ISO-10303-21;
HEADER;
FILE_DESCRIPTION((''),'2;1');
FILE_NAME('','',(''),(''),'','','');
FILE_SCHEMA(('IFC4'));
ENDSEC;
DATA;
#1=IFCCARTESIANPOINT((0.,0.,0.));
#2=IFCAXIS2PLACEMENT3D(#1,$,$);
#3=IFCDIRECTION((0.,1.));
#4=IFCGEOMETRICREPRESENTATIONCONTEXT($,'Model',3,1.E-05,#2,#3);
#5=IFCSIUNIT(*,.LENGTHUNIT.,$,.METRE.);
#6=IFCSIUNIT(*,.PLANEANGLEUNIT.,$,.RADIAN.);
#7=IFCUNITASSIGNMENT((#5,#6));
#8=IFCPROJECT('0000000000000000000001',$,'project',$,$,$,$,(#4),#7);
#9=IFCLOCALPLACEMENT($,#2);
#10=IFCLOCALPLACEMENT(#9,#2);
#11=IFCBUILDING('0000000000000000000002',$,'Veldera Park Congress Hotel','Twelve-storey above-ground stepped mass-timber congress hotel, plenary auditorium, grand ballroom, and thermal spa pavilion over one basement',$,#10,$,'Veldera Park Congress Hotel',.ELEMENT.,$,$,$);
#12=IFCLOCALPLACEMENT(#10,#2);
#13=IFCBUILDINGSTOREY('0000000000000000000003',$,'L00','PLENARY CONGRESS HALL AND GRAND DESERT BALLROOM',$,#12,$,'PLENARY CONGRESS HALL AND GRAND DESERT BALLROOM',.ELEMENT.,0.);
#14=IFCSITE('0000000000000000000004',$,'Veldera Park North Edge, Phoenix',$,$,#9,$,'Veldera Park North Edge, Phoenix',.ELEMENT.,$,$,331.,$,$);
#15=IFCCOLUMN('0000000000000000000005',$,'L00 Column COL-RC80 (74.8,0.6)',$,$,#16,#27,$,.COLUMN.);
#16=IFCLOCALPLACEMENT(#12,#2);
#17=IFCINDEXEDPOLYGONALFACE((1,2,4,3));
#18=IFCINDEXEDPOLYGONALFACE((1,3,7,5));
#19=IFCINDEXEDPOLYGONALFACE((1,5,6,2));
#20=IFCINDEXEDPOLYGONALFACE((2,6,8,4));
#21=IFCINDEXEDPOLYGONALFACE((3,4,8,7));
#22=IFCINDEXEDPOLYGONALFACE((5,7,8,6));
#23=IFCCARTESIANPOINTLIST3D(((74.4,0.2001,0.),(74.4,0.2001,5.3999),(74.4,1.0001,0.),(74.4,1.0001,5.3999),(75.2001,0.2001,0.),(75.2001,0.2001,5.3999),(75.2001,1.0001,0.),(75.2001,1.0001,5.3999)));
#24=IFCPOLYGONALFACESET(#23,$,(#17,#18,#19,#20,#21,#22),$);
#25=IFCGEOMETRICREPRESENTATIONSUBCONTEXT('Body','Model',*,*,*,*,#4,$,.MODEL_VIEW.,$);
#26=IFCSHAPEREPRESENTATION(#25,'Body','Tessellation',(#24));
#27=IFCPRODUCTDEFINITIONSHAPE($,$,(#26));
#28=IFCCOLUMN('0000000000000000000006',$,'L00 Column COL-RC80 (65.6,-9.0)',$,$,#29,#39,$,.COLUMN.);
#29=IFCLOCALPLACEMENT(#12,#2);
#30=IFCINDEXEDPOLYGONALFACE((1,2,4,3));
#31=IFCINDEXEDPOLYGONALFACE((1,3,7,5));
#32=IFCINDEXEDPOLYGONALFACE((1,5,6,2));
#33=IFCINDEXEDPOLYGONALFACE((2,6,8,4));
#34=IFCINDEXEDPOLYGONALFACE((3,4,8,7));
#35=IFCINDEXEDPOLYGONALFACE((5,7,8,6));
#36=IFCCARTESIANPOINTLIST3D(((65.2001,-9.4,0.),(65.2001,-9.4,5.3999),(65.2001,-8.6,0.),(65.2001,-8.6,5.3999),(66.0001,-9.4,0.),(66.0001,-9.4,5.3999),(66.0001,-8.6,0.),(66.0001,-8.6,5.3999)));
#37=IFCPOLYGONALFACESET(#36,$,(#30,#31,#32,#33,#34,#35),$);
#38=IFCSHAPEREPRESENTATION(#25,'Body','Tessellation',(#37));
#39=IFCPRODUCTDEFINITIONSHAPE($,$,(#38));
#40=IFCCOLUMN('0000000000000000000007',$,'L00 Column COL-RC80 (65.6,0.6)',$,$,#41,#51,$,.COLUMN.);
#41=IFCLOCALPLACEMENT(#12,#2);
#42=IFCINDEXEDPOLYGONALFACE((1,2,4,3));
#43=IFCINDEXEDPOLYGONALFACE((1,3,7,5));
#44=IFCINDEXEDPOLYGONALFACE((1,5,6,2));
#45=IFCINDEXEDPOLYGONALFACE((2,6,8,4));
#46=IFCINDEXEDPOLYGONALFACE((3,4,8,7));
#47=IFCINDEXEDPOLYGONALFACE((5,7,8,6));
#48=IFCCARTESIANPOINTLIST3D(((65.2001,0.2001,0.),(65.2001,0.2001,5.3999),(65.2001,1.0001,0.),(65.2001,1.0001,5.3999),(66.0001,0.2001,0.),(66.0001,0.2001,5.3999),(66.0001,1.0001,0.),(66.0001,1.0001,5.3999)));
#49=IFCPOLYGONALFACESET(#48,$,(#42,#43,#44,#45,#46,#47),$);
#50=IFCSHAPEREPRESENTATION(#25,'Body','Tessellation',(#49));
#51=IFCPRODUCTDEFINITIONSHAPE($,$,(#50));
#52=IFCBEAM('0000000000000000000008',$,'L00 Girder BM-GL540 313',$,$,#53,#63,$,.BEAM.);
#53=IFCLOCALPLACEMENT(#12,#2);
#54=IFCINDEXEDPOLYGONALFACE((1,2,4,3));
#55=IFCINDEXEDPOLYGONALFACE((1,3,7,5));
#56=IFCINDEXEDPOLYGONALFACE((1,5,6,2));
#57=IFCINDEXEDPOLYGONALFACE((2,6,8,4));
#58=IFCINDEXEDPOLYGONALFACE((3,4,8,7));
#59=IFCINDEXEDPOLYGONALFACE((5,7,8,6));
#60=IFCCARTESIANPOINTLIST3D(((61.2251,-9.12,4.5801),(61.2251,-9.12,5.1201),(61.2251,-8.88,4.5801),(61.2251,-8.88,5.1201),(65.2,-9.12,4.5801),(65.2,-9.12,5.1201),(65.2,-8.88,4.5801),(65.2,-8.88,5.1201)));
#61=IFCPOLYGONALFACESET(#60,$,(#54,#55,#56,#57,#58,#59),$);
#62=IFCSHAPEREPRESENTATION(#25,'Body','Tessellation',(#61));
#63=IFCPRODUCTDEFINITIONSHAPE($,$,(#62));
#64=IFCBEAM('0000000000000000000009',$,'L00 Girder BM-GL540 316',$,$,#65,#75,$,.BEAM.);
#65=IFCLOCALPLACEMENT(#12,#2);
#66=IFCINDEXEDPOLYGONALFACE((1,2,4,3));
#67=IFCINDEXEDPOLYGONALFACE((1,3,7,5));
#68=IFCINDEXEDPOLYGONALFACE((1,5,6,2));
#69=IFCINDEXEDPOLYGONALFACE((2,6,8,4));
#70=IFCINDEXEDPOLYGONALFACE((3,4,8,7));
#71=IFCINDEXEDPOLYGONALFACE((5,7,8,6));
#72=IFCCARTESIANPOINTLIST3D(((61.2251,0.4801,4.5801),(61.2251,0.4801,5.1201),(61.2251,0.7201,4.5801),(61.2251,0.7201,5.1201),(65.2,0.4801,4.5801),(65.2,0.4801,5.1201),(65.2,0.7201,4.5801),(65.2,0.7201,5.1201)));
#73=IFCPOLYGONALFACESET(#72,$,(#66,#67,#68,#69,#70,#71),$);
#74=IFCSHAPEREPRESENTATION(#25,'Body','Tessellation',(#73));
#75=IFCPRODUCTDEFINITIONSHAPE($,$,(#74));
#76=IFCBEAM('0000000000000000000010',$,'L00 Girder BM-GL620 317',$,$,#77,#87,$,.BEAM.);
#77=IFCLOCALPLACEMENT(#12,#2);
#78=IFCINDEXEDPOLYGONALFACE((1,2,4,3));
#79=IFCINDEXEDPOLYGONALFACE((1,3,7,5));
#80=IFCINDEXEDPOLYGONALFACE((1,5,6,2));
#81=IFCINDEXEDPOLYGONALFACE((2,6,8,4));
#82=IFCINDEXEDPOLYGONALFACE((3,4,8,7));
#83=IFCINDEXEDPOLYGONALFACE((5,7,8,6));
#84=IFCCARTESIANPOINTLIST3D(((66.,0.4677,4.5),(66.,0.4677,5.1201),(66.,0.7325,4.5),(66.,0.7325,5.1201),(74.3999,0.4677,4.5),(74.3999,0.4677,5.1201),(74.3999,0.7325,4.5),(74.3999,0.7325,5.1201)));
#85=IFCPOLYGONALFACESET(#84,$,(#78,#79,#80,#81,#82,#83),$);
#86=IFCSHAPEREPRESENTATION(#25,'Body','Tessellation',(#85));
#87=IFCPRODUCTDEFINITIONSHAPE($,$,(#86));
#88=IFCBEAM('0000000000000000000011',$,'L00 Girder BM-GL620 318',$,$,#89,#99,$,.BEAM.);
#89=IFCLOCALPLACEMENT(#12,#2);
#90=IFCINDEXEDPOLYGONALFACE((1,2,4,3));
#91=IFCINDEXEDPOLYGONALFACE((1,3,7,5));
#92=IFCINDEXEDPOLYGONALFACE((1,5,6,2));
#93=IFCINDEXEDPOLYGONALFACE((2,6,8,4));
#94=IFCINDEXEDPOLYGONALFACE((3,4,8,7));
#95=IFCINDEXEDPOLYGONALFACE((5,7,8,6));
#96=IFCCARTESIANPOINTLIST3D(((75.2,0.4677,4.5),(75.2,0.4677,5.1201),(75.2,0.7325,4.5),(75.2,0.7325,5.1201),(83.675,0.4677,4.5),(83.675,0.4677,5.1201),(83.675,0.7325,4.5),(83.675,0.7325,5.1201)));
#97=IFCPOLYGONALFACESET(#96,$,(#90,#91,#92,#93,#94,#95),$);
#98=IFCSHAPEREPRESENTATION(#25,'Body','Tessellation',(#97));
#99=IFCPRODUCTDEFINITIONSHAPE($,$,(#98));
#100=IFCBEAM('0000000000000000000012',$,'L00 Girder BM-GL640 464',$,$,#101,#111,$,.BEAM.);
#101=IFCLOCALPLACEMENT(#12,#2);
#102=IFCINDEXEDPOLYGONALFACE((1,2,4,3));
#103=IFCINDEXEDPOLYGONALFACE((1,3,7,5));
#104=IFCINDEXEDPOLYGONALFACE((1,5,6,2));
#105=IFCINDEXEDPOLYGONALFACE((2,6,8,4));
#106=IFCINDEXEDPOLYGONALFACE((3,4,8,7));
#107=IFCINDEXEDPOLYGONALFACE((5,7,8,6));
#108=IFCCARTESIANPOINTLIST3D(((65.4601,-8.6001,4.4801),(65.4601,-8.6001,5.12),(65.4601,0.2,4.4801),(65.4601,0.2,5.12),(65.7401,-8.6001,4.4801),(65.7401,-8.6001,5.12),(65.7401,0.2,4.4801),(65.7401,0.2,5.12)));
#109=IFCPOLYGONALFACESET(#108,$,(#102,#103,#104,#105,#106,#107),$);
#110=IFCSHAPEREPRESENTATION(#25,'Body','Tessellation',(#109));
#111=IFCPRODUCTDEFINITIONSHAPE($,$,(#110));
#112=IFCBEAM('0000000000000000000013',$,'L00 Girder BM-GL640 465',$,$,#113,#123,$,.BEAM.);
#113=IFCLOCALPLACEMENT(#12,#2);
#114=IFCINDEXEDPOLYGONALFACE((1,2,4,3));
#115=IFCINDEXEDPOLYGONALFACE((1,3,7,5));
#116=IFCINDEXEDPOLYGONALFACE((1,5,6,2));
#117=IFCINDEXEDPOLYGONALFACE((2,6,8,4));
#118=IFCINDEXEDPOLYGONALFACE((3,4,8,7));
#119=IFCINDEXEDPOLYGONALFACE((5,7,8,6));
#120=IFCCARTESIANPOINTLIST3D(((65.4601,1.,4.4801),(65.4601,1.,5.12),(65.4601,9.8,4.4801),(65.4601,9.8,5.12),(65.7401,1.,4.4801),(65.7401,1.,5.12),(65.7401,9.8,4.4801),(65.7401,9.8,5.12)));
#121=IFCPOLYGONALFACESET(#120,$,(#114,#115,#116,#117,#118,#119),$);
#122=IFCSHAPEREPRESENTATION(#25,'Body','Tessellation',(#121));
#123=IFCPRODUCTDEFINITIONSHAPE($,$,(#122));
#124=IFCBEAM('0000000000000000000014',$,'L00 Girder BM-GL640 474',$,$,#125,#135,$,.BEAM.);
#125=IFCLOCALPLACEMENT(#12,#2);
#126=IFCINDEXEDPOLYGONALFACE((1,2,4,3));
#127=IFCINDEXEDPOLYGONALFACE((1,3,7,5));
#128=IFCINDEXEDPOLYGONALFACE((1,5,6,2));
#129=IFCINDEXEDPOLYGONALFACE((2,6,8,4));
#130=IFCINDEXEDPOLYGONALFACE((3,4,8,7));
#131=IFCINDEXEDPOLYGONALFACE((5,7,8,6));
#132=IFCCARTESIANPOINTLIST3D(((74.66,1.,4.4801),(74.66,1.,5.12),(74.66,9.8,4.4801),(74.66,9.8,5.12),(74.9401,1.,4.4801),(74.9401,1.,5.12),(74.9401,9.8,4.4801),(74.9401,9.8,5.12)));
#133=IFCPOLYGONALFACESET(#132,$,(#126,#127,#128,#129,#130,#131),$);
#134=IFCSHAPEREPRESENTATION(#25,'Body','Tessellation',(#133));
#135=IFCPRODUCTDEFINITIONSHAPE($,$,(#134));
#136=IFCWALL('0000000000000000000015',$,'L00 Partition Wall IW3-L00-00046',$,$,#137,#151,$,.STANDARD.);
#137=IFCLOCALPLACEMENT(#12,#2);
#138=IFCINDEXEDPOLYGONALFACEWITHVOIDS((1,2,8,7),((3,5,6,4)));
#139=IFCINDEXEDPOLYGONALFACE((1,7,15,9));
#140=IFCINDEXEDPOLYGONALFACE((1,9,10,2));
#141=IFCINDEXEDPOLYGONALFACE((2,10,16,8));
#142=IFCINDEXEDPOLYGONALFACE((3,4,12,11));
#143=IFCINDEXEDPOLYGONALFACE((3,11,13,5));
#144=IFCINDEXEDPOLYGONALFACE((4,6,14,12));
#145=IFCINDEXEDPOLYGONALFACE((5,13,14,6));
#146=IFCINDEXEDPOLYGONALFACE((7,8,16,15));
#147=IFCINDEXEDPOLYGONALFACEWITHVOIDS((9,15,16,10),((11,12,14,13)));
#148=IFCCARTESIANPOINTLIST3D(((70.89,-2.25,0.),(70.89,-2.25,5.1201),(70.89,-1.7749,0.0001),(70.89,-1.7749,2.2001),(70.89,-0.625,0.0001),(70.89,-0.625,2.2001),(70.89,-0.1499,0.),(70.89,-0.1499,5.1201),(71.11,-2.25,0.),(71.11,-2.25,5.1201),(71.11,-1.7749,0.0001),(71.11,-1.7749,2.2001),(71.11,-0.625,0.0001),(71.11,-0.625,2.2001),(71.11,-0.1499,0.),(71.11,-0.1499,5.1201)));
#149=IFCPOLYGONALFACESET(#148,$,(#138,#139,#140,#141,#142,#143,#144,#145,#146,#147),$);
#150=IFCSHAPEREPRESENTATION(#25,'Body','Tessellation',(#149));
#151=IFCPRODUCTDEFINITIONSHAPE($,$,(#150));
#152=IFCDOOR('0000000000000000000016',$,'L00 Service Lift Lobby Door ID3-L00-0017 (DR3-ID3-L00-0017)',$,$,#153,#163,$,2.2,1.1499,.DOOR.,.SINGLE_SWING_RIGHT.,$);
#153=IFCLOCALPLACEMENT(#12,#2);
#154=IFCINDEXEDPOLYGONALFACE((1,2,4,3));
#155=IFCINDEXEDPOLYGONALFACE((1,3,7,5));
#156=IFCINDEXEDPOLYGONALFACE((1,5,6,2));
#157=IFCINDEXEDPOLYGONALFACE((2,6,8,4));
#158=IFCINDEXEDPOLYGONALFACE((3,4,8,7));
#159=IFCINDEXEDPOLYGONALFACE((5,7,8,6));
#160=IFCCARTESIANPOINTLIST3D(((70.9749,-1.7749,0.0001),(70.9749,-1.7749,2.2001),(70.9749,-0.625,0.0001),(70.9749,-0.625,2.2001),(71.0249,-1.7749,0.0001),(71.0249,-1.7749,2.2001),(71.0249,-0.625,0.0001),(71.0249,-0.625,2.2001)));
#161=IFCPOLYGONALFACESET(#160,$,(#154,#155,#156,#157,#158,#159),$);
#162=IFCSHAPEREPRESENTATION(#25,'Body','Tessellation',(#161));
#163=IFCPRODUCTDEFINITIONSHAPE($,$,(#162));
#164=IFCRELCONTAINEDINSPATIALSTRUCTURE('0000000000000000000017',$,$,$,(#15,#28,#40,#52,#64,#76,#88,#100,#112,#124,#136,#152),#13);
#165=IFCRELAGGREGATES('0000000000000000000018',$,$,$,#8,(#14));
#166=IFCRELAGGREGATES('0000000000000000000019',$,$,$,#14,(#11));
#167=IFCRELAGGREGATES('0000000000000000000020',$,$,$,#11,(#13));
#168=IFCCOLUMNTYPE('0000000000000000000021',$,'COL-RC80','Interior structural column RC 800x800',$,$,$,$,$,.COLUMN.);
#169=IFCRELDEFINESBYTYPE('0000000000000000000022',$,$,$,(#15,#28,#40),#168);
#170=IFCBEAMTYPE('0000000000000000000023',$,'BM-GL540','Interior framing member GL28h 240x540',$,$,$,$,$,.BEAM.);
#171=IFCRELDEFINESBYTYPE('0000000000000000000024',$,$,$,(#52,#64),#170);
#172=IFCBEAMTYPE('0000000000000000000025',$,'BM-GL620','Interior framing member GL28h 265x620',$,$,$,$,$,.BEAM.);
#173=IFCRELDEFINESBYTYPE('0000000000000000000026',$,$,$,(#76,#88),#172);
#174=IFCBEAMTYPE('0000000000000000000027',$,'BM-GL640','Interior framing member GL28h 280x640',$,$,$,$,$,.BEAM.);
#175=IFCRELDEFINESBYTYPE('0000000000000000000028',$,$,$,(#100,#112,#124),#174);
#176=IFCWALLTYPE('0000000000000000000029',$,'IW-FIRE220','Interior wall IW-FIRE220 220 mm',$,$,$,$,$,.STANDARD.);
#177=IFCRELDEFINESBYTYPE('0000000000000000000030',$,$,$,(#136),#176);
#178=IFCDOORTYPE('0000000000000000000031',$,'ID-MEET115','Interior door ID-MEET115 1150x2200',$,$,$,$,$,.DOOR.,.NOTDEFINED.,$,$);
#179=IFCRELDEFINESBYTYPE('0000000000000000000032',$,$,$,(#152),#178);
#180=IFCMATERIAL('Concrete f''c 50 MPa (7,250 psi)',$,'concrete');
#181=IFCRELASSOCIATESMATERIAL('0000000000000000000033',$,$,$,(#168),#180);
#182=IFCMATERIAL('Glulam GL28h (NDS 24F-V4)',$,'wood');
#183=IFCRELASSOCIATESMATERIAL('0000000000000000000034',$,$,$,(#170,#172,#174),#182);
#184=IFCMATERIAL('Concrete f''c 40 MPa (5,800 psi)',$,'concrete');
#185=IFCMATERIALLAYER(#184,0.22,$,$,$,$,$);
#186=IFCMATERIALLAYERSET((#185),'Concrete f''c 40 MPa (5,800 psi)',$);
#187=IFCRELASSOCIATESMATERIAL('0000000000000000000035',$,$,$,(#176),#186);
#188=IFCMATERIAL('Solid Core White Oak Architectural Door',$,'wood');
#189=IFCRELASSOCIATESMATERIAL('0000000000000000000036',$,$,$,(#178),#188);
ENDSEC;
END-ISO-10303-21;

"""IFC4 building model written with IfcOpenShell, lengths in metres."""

from ifc_helpers import new_model, si_unit, direction, frame, frame_2d, origin, origin_2d, place, context, subcontext, project, spatial, rectangle, extrude, material, layer, layer_set, material_profile, profile_set, type_object, element, fill, save


model = new_model("IFC4")

# Units and contexts
model_context = context("Model", 3, precision=1e-05, world=origin(), true_north=direction((0.0, 1.0)))
body_context = subcontext(model_context, "Body", "Model", "MODEL_VIEW")
ifc_project = project(units=[si_unit("LENGTHUNIT", "METRE"), si_unit("PLANEANGLEUNIT", "RADIAN")], contexts=[model_context])

# Site, building, storey
site_placement = place(None, origin())
site = spatial("IfcSite", under=ifc_project, at=site_placement, Name="Veldera Park North Edge, Phoenix", LongName="Veldera Park North Edge, Phoenix", CompositionType="ELEMENT", RefElevation=331.0)
building_placement = place(site_placement, origin())
building = spatial("IfcBuilding", under=site, at=building_placement, Name="Veldera Park Congress Hotel", Description="Twelve-storey above-ground stepped mass-timber congress hotel, plenary auditorium, grand ballroom, and thermal spa pavilion over one basement", LongName="Veldera Park Congress Hotel", CompositionType="ELEMENT")
storey_placement = place(building_placement, origin())
storey = spatial("IfcBuildingStorey", under=building, at=storey_placement, Name="L00", Description="PLENARY CONGRESS HALL AND GRAND DESERT BALLROOM", LongName="PLENARY CONGRESS HALL AND GRAND DESERT BALLROOM", CompositionType="ELEMENT", Elevation=0.0)

# Columns
ifc_material_1 = material(Name="Concrete f'c 50 MPa (7,250 psi)", Category="concrete")
ifc_material_profile_1 = material_profile(ifc_material_1, rectangle(XDim=0.8, YDim=0.8, at=origin_2d()), Name="RC 800x800")
ifc_profile_set_1 = profile_set([ifc_material_profile_1], Name="Concrete f'c 50 MPa (7,250 psi)")
column_type = type_object("IfcColumnType", Name="COL-RC80", Description="Interior structural column RC 800x800", PredefinedType="COLUMN", material=ifc_profile_set_1)
for number, where, z_axis, x_axis, name in (
    (1, (74.8, 0.6001, 0.0), (0.0, 0.0, 1.0), (1.0, 0.0, 0.0), "L00 Column COL-RC80 (74.8,0.6)"),
    (2, (65.6001, -9.0, 0.0), (0.0, 0.0, 1.0), (1.0, 0.0, 0.0), "L00 Column COL-RC80 (65.6,-9.0)"),
    (3, (65.6001, 0.6001, 0.0), (0.0, 0.0, 1.0), (1.0, 0.0, 0.0), "L00 Column COL-RC80 (65.6,0.6)"),
):
    element("IfcColumn", number, at=place(storey_placement, frame(where, z_axis=z_axis, x_axis=x_axis)), inside=storey, type_object=column_type, Name=name, PredefinedType="COLUMN", context=body_context, shape_type="SweptSolid", body=[
        extrude(rectangle(XDim=0.8, YDim=0.8, at=origin_2d()), origin(), (0.0, 0.0, 1.0), 5.3999),
    ])

# Beams
ifc_material_2 = material(Name="Glulam GL28h (NDS 24F-V4)", Category="wood")
ifc_material_profile_2 = material_profile(ifc_material_2, rectangle(XDim=0.24, YDim=0.54, at=origin_2d()), Name="GL28h 240x540")
ifc_profile_set_2 = profile_set([ifc_material_profile_2], Name="Glulam GL28h (NDS 24F-V4)")
beam_type_1 = type_object("IfcBeamType", Name="BM-GL540", Description="Interior framing member GL28h 240x540", PredefinedType="BEAM", material=ifc_profile_set_2)
for number, where, z_axis, x_axis, name in (
    (4, (61.2251, -9.0, 4.8501), (1.0, 0.0, 0.0), (0.0, 1.0, 0.0), "L00 Girder BM-GL540 313"),
    (5, (61.2251, 0.6001, 4.8501), (1.0, 0.0, 0.0), (0.0, 1.0, 0.0), "L00 Girder BM-GL540 316"),
):
    element("IfcBeam", number, at=place(storey_placement, frame(where, z_axis=z_axis, x_axis=x_axis)), inside=storey, type_object=beam_type_1, Name=name, PredefinedType="BEAM", context=body_context, shape_type="SweptSolid", body=[
        extrude(rectangle(XDim=0.24, YDim=0.54, at=origin_2d()), origin(), (0.0, 0.0, 1.0), 3.9749),
    ])
ifc_material_profile_3 = material_profile(ifc_material_2, rectangle(XDim=0.2649, YDim=0.6201, at=origin_2d()), Name="GL28h 265x620")
ifc_profile_set_3 = profile_set([ifc_material_profile_3], Name="Glulam GL28h (NDS 24F-V4)")
beam_type_2 = type_object("IfcBeamType", Name="BM-GL620", Description="Interior framing member GL28h 265x620", PredefinedType="BEAM", material=ifc_profile_set_3)
beam_1_placement = place(storey_placement, frame((66.0, 0.6001, 4.8101), z_axis=(1.0, 0.0, 0.0), x_axis=(0.0, 1.0, 0.0)))
element("IfcBeam", 6, at=beam_1_placement, inside=storey, type_object=beam_type_2, Name="L00 Girder BM-GL620 317", PredefinedType="BEAM", context=body_context, shape_type="SweptSolid", body=[
    extrude(rectangle(XDim=0.2649, YDim=0.6201, at=origin_2d()), origin(), (0.0, 0.0, 1.0), 8.3999),
])
beam_2_placement = place(storey_placement, frame((75.2, 0.6001, 4.8101), z_axis=(1.0, 0.0, 0.0), x_axis=(0.0, 1.0, 0.0)))
element("IfcBeam", 7, at=beam_2_placement, inside=storey, type_object=beam_type_2, Name="L00 Girder BM-GL620 318", PredefinedType="BEAM", context=body_context, shape_type="SweptSolid", body=[
    extrude(rectangle(XDim=0.2649, YDim=0.6201, at=origin_2d()), origin(), (0.0, 0.0, 1.0), 8.4751),
])
ifc_material_profile_4 = material_profile(ifc_material_2, rectangle(XDim=0.28, YDim=0.6399, at=origin_2d()), Name="GL28h 280x640")
ifc_profile_set_4 = profile_set([ifc_material_profile_4], Name="Glulam GL28h (NDS 24F-V4)")
beam_type_3 = type_object("IfcBeamType", Name="BM-GL640", Description="Interior framing member GL28h 280x640", PredefinedType="BEAM", material=ifc_profile_set_4)
for number, where, z_axis, x_axis, name in (
    (8, (65.6001, -8.6001, 4.8), (0.0, 1.0, 0.0), (-1.0, 0.0, 0.0), "L00 Girder BM-GL640 464"),
    (9, (65.6001, 1.0, 4.8), (0.0, 1.0, 0.0), (-1.0, 0.0, 0.0), "L00 Girder BM-GL640 465"),
    (10, (74.8, 1.0, 4.8), (0.0, 1.0, 0.0), (-1.0, 0.0, 0.0), "L00 Girder BM-GL640 474"),
):
    element("IfcBeam", number, at=place(storey_placement, frame(where, z_axis=z_axis, x_axis=x_axis)), inside=storey, type_object=beam_type_3, Name=name, PredefinedType="BEAM", context=body_context, shape_type="SweptSolid", body=[
        extrude(rectangle(XDim=0.28, YDim=0.6399, at=origin_2d()), origin(), (0.0, 0.0, 1.0), 8.8),
    ])

# Wall, opening, door
ifc_material_3 = material(Name="Concrete f'c 40 MPa (5,800 psi)", Category="concrete")
ifc_layer_1 = layer(ifc_material_3, 0.22)
ifc_layer_set_1 = layer_set([ifc_layer_1], Name="Concrete f'c 40 MPa (5,800 psi)")
wall_type_1 = type_object("IfcWallType", Name="IW-FIRE220", Description="Interior wall IW-FIRE220 220 mm", PredefinedType="STANDARD", material=ifc_layer_set_1)
wall_1_placement = place(storey_placement, frame((71.0, -0.1499, 0.0), z_axis=(0.0, 0.0, 1.0), x_axis=(0.0, -1.0, 0.0)))
wall_1 = element("IfcWall", 11, at=wall_1_placement, inside=storey, type_object=wall_type_1, Name="L00 Partition Wall IW3-L00-00046", PredefinedType="STANDARD", context=body_context, shape_type="SweptSolid", body=[
    extrude(rectangle(XDim=2.1001, YDim=0.22, at=frame_2d((1.05, 0.0))), origin(), (0.0, 0.0, 1.0), 5.1201),
])
opening_1_placement = place(wall_1_placement, frame((0.4751, 0.0, 0.0)))
opening_1 = element("IfcOpeningElement", 12, at=opening_1_placement, cuts=wall_1, PredefinedType="OPENING", context=body_context, shape_type="SweptSolid", body=[
    extrude(rectangle(XDim=1.1499, YDim=2.2, at=frame_2d((0.575, 1.1001))), frame((0.0, 0.1221, 0.0), z_axis=(0.0, -1.0, 0.0), x_axis=(1.0, 0.0, 0.0)), (0.0, 0.0, 1.0), 0.2439),
])
ifc_material_4 = material(Name="Solid Core White Oak Architectural Door", Category="wood")
door_type_1 = type_object("IfcDoorType", Name="ID-MEET115", Description="Interior door ID-MEET115 1150x2200", OperationType="NOTDEFINED", PredefinedType="DOOR", material=ifc_material_4)
door_1_placement = place(opening_1_placement, origin())
door_1 = element("IfcDoor", 13, at=door_1_placement, inside=storey, type_object=door_type_1, Name="L00 Service Lift Lobby Door ID3-L00-0017 (DR3-ID3-L00-0017)", OperationType="SINGLE_SWING_RIGHT", OverallHeight=2.2, OverallWidth=1.1499, PredefinedType="DOOR", context=body_context, shape_type="SweptSolid", body=[
    extrude(rectangle(XDim=1.1499, YDim=2.2, at=frame_2d((0.575, 1.1001))), frame((0.0, 0.0249, 0.0), z_axis=(0.0, -1.0, 0.0), x_axis=(1.0, 0.0, 0.0)), (0.0, 0.0, 1.0), 0.05),
])
fill(opening_1, door_1)

save(model, "model.ifc")
